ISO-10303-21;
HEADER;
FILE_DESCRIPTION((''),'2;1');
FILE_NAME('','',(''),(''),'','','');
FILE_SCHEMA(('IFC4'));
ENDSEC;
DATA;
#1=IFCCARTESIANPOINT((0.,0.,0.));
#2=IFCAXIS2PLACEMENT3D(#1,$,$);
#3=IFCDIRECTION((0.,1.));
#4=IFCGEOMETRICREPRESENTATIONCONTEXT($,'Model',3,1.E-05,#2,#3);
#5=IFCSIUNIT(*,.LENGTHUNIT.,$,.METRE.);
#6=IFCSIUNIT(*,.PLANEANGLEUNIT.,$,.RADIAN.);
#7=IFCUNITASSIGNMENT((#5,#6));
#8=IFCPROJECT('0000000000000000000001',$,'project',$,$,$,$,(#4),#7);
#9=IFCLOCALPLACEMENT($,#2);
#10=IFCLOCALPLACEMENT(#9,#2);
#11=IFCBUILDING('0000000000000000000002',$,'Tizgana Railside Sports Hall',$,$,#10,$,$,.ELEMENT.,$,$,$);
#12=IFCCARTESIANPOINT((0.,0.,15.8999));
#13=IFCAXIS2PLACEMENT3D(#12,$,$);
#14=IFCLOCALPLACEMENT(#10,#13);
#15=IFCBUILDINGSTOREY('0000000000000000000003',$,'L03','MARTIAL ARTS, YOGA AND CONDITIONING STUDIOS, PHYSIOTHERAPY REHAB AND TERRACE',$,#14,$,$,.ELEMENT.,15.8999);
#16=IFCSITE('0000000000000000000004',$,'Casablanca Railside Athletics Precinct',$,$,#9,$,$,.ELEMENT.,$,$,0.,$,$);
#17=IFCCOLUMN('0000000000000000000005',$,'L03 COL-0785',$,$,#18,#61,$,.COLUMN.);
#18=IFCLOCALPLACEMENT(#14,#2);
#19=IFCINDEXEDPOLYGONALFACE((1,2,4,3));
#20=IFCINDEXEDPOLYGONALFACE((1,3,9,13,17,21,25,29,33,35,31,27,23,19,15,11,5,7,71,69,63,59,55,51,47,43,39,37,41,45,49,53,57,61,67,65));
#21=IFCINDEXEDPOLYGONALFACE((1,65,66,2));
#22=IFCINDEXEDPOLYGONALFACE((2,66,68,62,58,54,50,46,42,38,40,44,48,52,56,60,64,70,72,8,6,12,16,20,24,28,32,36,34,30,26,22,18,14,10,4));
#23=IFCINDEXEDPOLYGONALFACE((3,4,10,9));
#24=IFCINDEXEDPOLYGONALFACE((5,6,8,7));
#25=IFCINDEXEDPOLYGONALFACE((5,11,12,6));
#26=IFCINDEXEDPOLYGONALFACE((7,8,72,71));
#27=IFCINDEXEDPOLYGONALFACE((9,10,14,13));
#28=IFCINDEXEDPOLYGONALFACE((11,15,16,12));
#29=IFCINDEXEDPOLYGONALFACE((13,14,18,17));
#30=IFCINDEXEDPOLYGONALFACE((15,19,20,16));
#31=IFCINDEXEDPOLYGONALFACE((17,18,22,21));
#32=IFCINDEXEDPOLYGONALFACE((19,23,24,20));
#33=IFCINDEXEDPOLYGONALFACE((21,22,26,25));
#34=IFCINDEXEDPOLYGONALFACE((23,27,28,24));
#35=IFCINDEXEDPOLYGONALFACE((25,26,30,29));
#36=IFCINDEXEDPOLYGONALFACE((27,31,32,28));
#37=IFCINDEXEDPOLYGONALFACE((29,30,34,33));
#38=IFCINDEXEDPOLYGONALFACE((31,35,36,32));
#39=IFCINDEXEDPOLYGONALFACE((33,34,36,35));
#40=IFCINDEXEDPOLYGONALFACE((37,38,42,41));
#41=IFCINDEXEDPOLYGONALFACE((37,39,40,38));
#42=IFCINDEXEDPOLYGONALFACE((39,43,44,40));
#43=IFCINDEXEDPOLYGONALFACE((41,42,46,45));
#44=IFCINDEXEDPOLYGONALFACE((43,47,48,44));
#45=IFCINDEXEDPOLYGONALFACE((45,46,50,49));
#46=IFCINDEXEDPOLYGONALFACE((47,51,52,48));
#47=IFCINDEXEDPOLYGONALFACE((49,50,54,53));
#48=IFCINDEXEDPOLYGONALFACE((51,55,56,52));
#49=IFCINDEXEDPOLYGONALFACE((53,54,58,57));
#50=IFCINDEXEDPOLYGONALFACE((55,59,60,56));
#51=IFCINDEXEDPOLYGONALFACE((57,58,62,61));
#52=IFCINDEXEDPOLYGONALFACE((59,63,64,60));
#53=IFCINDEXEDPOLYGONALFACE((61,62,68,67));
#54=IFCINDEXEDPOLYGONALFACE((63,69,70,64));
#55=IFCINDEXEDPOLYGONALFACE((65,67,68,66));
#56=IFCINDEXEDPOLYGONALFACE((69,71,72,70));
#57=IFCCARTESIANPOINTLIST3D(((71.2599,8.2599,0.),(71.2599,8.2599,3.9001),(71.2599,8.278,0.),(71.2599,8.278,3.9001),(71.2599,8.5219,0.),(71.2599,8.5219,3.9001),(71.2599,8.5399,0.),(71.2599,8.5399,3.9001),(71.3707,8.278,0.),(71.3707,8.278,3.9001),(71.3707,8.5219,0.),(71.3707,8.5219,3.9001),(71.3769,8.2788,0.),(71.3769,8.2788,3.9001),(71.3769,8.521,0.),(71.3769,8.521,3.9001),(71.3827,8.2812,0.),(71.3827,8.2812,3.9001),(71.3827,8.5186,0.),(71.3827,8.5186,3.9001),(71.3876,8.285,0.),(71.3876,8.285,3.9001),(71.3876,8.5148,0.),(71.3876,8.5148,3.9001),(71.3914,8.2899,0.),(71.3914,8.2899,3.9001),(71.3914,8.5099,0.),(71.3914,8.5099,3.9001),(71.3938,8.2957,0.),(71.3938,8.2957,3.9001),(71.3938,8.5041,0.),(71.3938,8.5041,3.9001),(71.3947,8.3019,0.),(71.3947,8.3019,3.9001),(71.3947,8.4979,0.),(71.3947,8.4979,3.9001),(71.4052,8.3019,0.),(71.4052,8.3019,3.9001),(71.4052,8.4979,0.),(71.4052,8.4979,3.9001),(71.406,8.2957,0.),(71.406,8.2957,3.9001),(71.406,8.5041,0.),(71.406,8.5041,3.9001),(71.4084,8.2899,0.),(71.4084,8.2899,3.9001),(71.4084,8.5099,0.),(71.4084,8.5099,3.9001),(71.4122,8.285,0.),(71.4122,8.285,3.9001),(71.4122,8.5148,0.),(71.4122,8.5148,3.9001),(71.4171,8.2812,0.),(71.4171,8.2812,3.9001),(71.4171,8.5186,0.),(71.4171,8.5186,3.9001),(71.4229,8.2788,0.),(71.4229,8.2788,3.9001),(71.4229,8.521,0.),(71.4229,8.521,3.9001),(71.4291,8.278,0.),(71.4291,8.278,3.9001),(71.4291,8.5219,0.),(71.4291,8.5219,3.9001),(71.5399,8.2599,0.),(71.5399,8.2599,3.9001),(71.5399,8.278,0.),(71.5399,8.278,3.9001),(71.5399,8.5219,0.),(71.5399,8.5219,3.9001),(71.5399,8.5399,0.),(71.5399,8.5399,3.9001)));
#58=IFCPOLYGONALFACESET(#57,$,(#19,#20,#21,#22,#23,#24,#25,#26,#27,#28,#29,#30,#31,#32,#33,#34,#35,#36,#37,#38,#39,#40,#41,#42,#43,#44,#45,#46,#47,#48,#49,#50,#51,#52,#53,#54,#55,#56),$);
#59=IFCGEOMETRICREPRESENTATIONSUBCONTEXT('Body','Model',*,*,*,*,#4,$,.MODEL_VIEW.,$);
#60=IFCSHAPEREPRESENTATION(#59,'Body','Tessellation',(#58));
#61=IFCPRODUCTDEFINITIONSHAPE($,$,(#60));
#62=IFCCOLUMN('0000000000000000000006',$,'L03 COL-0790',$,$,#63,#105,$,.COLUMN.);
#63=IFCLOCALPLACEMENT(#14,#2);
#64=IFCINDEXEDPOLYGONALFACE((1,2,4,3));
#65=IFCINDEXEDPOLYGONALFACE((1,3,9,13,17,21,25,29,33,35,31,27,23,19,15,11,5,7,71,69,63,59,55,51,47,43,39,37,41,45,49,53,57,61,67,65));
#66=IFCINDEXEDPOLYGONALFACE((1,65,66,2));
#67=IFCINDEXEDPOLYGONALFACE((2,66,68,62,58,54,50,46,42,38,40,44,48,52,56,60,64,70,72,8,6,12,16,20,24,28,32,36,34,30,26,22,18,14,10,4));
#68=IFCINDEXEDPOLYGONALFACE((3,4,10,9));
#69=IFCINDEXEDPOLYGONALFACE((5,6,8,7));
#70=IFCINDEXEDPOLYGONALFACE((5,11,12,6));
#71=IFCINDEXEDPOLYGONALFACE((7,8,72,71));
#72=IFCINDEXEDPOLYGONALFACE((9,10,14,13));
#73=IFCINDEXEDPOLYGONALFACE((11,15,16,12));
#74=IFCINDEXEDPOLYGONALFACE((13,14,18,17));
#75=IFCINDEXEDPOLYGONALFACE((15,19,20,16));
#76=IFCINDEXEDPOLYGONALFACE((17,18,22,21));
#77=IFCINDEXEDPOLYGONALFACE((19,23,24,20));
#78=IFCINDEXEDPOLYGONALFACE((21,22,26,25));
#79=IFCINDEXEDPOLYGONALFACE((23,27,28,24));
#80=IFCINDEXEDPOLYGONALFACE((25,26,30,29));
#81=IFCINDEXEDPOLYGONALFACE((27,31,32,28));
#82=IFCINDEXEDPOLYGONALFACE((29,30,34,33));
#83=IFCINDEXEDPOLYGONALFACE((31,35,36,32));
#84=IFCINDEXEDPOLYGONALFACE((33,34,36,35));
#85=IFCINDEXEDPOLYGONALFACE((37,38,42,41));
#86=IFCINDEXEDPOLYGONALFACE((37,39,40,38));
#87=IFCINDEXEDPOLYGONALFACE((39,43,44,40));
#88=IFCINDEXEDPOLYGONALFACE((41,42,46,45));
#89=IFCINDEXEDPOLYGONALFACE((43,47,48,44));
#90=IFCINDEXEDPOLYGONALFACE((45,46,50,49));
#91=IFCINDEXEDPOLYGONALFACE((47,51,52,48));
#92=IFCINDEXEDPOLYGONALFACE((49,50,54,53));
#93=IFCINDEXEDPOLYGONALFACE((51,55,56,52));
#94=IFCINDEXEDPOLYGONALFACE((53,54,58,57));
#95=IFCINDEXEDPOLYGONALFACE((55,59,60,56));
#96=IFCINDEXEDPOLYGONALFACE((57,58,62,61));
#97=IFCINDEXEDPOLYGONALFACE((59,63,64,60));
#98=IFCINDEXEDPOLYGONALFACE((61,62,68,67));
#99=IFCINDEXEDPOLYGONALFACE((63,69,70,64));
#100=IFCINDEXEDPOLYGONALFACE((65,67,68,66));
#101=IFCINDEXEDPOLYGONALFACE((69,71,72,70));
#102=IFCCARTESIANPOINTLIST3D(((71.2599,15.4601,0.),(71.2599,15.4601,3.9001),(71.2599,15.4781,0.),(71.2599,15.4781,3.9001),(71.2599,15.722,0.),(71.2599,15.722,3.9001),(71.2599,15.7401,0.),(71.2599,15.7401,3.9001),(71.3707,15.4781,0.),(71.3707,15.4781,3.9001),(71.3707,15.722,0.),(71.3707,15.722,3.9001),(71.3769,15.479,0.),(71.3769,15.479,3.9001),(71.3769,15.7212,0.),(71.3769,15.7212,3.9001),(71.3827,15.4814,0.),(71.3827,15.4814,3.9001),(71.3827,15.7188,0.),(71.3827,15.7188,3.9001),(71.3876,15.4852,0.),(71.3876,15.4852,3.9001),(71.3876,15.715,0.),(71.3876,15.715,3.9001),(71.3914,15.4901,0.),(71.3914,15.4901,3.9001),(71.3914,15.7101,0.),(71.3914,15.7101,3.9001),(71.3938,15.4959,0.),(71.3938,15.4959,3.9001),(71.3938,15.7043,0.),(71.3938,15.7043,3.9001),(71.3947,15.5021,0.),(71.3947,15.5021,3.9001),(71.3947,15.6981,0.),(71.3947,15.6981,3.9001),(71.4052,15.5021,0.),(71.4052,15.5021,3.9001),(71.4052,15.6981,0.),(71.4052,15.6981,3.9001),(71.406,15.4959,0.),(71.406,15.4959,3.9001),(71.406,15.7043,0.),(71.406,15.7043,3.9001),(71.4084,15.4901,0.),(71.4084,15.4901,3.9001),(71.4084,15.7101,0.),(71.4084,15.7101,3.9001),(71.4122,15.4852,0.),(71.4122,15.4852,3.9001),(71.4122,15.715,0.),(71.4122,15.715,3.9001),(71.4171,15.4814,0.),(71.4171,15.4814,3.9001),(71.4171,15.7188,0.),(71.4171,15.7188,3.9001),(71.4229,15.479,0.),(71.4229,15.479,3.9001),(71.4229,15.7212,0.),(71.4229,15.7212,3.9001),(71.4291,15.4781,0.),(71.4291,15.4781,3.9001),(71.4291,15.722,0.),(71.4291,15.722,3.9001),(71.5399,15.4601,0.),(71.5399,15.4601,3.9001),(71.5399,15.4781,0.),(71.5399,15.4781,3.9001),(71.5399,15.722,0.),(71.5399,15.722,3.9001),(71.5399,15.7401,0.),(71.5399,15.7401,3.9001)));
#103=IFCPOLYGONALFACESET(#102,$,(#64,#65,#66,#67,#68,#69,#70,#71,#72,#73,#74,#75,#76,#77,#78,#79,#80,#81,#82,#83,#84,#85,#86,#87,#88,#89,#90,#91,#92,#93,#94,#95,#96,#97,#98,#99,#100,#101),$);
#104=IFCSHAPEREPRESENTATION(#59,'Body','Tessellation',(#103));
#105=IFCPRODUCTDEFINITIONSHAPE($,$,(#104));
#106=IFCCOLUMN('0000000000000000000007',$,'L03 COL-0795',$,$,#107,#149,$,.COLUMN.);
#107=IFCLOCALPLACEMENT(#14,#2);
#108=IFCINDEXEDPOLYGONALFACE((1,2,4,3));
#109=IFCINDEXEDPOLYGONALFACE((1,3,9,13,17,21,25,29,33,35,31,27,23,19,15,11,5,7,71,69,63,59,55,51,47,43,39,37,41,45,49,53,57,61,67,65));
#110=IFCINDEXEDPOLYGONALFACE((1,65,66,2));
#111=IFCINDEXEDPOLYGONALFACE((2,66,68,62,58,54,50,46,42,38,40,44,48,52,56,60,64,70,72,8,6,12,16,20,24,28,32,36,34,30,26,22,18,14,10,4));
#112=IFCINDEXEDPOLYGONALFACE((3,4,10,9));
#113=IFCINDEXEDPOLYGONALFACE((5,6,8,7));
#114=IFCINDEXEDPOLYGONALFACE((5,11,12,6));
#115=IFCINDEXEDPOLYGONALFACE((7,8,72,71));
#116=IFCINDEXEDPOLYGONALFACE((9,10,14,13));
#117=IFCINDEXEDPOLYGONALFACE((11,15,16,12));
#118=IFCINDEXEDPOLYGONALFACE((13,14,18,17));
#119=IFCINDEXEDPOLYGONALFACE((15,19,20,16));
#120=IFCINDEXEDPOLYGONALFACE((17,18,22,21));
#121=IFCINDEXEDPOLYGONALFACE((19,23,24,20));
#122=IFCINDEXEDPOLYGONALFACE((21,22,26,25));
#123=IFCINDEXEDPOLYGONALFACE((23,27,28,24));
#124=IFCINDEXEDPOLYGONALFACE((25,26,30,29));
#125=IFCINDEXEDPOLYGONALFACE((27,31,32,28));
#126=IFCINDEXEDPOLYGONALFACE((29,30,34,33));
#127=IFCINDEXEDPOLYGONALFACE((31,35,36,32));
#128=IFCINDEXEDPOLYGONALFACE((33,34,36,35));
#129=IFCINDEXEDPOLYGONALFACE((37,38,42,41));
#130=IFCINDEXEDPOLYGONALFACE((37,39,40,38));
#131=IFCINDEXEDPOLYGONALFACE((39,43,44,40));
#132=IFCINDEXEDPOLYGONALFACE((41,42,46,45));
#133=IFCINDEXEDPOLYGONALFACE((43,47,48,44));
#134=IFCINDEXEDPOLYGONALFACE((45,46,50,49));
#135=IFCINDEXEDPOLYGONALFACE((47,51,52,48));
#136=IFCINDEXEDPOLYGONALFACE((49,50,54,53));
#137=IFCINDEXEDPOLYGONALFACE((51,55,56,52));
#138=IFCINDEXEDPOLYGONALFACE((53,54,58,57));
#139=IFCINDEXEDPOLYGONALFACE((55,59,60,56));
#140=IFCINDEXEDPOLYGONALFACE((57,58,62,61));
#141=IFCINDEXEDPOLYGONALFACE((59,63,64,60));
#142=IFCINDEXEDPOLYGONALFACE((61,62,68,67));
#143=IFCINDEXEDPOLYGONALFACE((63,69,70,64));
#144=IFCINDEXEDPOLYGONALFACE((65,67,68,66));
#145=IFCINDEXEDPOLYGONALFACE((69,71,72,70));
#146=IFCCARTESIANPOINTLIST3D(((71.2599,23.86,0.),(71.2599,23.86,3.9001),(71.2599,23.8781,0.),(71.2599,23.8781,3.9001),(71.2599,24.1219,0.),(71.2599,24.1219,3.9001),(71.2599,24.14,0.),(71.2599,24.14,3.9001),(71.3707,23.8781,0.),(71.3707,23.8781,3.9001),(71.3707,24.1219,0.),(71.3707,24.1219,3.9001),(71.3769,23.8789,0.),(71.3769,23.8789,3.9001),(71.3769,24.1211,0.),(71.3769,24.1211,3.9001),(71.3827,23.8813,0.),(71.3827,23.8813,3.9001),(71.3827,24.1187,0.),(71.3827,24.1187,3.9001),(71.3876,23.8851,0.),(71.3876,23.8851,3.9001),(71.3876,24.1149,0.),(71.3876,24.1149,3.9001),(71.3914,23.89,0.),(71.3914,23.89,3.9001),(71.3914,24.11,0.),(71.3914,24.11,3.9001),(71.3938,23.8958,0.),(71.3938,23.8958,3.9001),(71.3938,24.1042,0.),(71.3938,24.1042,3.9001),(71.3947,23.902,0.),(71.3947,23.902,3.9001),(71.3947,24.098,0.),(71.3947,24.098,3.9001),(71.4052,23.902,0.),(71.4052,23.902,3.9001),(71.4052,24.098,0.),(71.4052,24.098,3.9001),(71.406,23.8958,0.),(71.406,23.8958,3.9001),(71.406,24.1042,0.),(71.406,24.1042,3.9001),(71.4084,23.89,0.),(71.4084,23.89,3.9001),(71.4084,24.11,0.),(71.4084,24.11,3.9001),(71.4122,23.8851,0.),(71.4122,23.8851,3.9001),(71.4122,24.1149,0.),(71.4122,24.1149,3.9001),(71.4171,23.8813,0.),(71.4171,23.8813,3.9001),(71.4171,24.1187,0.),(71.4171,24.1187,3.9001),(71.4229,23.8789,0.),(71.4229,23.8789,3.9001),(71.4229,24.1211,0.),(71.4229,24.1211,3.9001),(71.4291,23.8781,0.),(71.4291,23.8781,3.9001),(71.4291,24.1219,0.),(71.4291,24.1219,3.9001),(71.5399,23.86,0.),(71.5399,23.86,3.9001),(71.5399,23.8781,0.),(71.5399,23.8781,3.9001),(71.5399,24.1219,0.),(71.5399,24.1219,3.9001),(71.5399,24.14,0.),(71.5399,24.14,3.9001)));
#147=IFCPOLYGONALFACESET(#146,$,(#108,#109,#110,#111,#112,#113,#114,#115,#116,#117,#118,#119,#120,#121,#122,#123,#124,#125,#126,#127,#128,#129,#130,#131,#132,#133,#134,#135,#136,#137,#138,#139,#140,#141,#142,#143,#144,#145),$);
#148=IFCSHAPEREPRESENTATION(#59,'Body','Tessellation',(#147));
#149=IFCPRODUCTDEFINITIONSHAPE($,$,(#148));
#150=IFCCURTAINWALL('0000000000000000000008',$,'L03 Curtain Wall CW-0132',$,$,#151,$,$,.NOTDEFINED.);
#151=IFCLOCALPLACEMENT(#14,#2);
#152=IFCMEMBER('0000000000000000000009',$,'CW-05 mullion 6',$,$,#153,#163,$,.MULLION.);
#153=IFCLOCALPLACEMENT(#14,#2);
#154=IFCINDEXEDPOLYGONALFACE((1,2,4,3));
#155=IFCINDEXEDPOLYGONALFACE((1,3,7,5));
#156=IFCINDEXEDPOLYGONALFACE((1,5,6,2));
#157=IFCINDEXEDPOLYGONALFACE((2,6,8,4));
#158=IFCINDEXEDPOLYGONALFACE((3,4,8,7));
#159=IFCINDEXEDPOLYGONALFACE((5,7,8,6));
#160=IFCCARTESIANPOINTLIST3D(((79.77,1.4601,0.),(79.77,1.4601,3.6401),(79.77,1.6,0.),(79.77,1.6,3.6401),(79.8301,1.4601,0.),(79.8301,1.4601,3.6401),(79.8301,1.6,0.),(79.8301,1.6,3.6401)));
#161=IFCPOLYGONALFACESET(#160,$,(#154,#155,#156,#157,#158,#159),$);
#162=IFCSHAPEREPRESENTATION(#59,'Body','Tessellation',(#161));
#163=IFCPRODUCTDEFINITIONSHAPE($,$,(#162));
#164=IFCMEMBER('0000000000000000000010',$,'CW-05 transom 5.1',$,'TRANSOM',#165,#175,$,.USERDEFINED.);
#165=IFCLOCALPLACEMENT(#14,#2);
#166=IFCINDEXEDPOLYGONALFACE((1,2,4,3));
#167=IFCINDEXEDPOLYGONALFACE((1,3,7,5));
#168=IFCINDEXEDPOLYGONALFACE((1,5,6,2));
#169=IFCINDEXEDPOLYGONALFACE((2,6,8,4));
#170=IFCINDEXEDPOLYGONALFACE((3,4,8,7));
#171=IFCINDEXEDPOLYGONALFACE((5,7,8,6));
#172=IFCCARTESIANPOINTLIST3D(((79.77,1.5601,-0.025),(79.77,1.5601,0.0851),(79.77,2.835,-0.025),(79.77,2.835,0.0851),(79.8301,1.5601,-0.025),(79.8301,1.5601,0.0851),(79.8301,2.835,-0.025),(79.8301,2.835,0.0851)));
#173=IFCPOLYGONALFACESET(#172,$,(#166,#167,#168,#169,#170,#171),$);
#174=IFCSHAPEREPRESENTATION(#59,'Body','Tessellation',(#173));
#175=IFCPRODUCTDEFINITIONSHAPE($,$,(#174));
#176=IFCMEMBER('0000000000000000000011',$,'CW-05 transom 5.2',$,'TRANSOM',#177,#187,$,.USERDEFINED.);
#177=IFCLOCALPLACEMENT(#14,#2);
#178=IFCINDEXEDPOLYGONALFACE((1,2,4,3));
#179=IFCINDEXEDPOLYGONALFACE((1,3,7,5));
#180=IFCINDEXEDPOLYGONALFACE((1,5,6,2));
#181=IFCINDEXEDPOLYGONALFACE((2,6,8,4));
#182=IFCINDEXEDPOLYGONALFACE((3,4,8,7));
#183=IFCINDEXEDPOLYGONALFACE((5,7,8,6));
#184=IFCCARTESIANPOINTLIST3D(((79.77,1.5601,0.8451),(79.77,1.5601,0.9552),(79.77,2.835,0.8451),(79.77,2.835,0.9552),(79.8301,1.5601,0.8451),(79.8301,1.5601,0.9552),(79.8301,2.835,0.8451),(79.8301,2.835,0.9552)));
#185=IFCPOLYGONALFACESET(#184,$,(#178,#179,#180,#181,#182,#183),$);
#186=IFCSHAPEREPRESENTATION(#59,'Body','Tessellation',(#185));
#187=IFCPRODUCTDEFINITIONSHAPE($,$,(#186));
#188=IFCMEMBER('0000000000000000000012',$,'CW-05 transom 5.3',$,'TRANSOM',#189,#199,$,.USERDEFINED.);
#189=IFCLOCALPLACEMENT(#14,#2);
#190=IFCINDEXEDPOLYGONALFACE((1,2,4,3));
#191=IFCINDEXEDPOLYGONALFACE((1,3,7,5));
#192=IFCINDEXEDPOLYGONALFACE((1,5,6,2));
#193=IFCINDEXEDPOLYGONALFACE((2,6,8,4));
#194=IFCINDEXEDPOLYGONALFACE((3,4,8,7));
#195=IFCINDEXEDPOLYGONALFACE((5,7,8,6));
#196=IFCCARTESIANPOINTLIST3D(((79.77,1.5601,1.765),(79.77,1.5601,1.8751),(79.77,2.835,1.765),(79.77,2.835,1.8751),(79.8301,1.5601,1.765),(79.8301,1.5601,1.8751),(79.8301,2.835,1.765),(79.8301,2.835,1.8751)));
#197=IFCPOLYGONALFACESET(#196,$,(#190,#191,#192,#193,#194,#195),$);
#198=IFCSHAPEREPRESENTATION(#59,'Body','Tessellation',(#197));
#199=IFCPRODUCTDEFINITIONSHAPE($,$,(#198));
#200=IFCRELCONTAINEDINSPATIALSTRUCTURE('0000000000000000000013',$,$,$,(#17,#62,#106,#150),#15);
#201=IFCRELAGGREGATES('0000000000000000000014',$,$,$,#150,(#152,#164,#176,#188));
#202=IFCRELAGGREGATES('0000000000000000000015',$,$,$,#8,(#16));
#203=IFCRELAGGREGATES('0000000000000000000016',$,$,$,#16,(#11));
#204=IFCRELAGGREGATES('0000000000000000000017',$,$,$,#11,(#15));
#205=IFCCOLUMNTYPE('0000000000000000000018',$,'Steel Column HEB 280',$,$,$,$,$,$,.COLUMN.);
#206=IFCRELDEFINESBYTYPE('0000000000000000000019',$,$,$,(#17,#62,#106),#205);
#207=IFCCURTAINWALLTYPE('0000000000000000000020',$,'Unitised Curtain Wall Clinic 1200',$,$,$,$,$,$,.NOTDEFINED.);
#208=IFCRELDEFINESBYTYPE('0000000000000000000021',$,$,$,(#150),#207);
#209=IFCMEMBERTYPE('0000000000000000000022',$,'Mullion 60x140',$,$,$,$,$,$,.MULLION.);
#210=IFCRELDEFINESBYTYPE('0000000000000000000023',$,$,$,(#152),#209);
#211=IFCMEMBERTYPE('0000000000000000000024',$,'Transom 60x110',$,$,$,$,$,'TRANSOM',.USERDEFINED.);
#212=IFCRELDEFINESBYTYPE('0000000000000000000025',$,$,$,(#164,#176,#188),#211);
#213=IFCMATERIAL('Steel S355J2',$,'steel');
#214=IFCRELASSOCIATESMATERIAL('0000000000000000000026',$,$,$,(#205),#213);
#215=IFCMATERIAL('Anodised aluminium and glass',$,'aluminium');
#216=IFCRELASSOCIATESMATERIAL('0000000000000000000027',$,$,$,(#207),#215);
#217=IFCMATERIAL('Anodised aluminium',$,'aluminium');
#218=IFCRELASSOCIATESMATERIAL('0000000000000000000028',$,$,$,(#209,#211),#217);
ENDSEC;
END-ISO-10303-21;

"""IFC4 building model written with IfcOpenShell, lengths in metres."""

from ifc_helpers import new_model, si_unit, direction, frame, origin, origin_2d, place, context, subcontext, project, spatial, rectangle, i_section, extrude, material, material_profile, profile_set, type_object, element, aggregate, save


model = new_model("IFC4")

# Units and contexts
model_context = context("Model", 3, precision=1e-05, world=origin(), true_north=direction((0.0, 1.0)))
body_context = subcontext(model_context, "Body", "Model", "MODEL_VIEW")
ifc_project = project(units=[si_unit("LENGTHUNIT", "METRE"), si_unit("PLANEANGLEUNIT", "RADIAN")], contexts=[model_context])

# Site, building, storey
site_placement = place(None, origin())
site = spatial("IfcSite", under=ifc_project, at=site_placement, Name="Casablanca Railside Athletics Precinct", CompositionType="ELEMENT", RefElevation=0.0)
building_placement = place(site_placement, origin())
building = spatial("IfcBuilding", under=site, at=building_placement, Name="Tizgana Railside Sports Hall", CompositionType="ELEMENT")
storey_placement = place(building_placement, frame((0.0, 0.0, 15.8999)))
storey = spatial("IfcBuildingStorey", under=building, at=storey_placement, Name="L03", Description="MARTIAL ARTS, YOGA AND CONDITIONING STUDIOS, PHYSIOTHERAPY REHAB AND TERRACE", CompositionType="ELEMENT", Elevation=15.8999)

# Columns
ifc_material_1 = material(Name="Steel S355J2", Category="steel")
ifc_material_profile_1 = material_profile(ifc_material_1, i_section(OverallWidth=0.28, OverallDepth=0.28, WebThickness=0.0105, FlangeThickness=0.0181, FilletRadius=0.0239, at=origin_2d()), Name="HEB 280")
ifc_profile_set_1 = profile_set([ifc_material_profile_1], Name="Steel S355J2")
column_type = type_object("IfcColumnType", Name="Steel Column HEB 280", PredefinedType="COLUMN", material=ifc_profile_set_1)
for number, where, z_axis, x_axis, name in (
    (1, (71.3999, 8.3999, 0.0), (0.0, 0.0, 1.0), (1.0, 0.0, 0.0), "L03 COL-0785"),
    (2, (71.3999, 15.6001, 0.0), (0.0, 0.0, 1.0), (1.0, 0.0, 0.0), "L03 COL-0790"),
    (3, (71.3999, 24.0, 0.0), (0.0, 0.0, 1.0), (1.0, 0.0, 0.0), "L03 COL-0795"),
):
    element("IfcColumn", number, at=place(storey_placement, frame(where, z_axis=z_axis, x_axis=x_axis)), inside=storey, type_object=column_type, Name=name, PredefinedType="COLUMN", context=body_context, shape_type="SweptSolid", body=[
        extrude(i_section(OverallWidth=0.28, OverallDepth=0.28, WebThickness=0.0105, FlangeThickness=0.0181, FilletRadius=0.0239, at=origin_2d()), origin(), (0.0, 0.0, 1.0), 3.9001),
    ])

# Curtain wall, members
ifc_material_2 = material(Name="Anodised aluminium and glass", Category="aluminium")
curtain_wall_type = type_object("IfcCurtainWallType", Name="Unitised Curtain Wall Clinic 1200", PredefinedType="NOTDEFINED", material=ifc_material_2)
curtain_wall_placement = place(storey_placement, origin())
curtain_wall = element("IfcCurtainWall", 4, at=curtain_wall_placement, inside=storey, type_object=curtain_wall_type, Name="L03 Curtain Wall CW-0132", PredefinedType="NOTDEFINED")
ifc_material_3 = material(Name="Anodised aluminium", Category="aluminium")
ifc_material_profile_2 = material_profile(ifc_material_3, rectangle(XDim=0.0601, YDim=0.1399, at=origin_2d()), Name="Mullion 60x140")
ifc_profile_set_2 = profile_set([ifc_material_profile_2], Name="Anodised aluminium")
member_type_1 = type_object("IfcMemberType", Name="Mullion 60x140", PredefinedType="MULLION", material=ifc_profile_set_2)
member_1_placement = place(storey_placement, frame((79.8, 1.53, 0.0), z_axis=(0.0, 0.0, 1.0), x_axis=(1.0, 0.0, 0.0)))
member_1 = element("IfcMember", 5, at=member_1_placement, type_object=member_type_1, Name="CW-05 mullion 6", PredefinedType="MULLION", context=body_context, shape_type="SweptSolid", body=[
    extrude(rectangle(XDim=0.0601, YDim=0.1399, at=origin_2d()), origin(), (0.0, 0.0, 1.0), 3.6401),
])
ifc_material_profile_3 = material_profile(ifc_material_3, rectangle(XDim=0.0601, YDim=0.1101, at=origin_2d()), Name="Transom 60x110")
ifc_profile_set_3 = profile_set([ifc_material_profile_3], Name="Anodised aluminium")
member_type_2 = type_object("IfcMemberType", Name="Transom 60x110", ElementType="TRANSOM", PredefinedType="USERDEFINED", material=ifc_profile_set_3)
member_2_placement = place(storey_placement, frame((79.8, 2.835, 0.03), z_axis=(0.0, -1.0, 0.0), x_axis=(1.0, 0.0, 0.0)))
member_2 = element("IfcMember", 6, at=member_2_placement, type_object=member_type_2, Name="CW-05 transom 5.1", ObjectType="TRANSOM", PredefinedType="USERDEFINED", context=body_context, shape_type="SweptSolid", body=[
    extrude(rectangle(XDim=0.0601, YDim=0.1101, at=origin_2d()), origin(), (0.0, 0.0, 1.0), 1.2749),
])
member_3_placement = place(storey_placement, frame((79.8, 2.835, 0.9001), z_axis=(0.0, -1.0, 0.0), x_axis=(1.0, 0.0, 0.0)))
member_3 = element("IfcMember", 7, at=member_3_placement, type_object=member_type_2, Name="CW-05 transom 5.2", ObjectType="TRANSOM", PredefinedType="USERDEFINED", context=body_context, shape_type="SweptSolid", body=[
    extrude(rectangle(XDim=0.0601, YDim=0.1101, at=origin_2d()), origin(), (0.0, 0.0, 1.0), 1.2749),
])
member_4_placement = place(storey_placement, frame((79.8, 2.835, 1.8201), z_axis=(0.0, -1.0, 0.0), x_axis=(1.0, 0.0, 0.0)))
member_4 = element("IfcMember", 8, at=member_4_placement, type_object=member_type_2, Name="CW-05 transom 5.3", ObjectType="TRANSOM", PredefinedType="USERDEFINED", context=body_context, shape_type="SweptSolid", body=[
    extrude(rectangle(XDim=0.0601, YDim=0.1101, at=origin_2d()), origin(), (0.0, 0.0, 1.0), 1.2749),
])
aggregate(curtain_wall, [member_1, member_2, member_3, member_4])

save(model, "model.ifc")
